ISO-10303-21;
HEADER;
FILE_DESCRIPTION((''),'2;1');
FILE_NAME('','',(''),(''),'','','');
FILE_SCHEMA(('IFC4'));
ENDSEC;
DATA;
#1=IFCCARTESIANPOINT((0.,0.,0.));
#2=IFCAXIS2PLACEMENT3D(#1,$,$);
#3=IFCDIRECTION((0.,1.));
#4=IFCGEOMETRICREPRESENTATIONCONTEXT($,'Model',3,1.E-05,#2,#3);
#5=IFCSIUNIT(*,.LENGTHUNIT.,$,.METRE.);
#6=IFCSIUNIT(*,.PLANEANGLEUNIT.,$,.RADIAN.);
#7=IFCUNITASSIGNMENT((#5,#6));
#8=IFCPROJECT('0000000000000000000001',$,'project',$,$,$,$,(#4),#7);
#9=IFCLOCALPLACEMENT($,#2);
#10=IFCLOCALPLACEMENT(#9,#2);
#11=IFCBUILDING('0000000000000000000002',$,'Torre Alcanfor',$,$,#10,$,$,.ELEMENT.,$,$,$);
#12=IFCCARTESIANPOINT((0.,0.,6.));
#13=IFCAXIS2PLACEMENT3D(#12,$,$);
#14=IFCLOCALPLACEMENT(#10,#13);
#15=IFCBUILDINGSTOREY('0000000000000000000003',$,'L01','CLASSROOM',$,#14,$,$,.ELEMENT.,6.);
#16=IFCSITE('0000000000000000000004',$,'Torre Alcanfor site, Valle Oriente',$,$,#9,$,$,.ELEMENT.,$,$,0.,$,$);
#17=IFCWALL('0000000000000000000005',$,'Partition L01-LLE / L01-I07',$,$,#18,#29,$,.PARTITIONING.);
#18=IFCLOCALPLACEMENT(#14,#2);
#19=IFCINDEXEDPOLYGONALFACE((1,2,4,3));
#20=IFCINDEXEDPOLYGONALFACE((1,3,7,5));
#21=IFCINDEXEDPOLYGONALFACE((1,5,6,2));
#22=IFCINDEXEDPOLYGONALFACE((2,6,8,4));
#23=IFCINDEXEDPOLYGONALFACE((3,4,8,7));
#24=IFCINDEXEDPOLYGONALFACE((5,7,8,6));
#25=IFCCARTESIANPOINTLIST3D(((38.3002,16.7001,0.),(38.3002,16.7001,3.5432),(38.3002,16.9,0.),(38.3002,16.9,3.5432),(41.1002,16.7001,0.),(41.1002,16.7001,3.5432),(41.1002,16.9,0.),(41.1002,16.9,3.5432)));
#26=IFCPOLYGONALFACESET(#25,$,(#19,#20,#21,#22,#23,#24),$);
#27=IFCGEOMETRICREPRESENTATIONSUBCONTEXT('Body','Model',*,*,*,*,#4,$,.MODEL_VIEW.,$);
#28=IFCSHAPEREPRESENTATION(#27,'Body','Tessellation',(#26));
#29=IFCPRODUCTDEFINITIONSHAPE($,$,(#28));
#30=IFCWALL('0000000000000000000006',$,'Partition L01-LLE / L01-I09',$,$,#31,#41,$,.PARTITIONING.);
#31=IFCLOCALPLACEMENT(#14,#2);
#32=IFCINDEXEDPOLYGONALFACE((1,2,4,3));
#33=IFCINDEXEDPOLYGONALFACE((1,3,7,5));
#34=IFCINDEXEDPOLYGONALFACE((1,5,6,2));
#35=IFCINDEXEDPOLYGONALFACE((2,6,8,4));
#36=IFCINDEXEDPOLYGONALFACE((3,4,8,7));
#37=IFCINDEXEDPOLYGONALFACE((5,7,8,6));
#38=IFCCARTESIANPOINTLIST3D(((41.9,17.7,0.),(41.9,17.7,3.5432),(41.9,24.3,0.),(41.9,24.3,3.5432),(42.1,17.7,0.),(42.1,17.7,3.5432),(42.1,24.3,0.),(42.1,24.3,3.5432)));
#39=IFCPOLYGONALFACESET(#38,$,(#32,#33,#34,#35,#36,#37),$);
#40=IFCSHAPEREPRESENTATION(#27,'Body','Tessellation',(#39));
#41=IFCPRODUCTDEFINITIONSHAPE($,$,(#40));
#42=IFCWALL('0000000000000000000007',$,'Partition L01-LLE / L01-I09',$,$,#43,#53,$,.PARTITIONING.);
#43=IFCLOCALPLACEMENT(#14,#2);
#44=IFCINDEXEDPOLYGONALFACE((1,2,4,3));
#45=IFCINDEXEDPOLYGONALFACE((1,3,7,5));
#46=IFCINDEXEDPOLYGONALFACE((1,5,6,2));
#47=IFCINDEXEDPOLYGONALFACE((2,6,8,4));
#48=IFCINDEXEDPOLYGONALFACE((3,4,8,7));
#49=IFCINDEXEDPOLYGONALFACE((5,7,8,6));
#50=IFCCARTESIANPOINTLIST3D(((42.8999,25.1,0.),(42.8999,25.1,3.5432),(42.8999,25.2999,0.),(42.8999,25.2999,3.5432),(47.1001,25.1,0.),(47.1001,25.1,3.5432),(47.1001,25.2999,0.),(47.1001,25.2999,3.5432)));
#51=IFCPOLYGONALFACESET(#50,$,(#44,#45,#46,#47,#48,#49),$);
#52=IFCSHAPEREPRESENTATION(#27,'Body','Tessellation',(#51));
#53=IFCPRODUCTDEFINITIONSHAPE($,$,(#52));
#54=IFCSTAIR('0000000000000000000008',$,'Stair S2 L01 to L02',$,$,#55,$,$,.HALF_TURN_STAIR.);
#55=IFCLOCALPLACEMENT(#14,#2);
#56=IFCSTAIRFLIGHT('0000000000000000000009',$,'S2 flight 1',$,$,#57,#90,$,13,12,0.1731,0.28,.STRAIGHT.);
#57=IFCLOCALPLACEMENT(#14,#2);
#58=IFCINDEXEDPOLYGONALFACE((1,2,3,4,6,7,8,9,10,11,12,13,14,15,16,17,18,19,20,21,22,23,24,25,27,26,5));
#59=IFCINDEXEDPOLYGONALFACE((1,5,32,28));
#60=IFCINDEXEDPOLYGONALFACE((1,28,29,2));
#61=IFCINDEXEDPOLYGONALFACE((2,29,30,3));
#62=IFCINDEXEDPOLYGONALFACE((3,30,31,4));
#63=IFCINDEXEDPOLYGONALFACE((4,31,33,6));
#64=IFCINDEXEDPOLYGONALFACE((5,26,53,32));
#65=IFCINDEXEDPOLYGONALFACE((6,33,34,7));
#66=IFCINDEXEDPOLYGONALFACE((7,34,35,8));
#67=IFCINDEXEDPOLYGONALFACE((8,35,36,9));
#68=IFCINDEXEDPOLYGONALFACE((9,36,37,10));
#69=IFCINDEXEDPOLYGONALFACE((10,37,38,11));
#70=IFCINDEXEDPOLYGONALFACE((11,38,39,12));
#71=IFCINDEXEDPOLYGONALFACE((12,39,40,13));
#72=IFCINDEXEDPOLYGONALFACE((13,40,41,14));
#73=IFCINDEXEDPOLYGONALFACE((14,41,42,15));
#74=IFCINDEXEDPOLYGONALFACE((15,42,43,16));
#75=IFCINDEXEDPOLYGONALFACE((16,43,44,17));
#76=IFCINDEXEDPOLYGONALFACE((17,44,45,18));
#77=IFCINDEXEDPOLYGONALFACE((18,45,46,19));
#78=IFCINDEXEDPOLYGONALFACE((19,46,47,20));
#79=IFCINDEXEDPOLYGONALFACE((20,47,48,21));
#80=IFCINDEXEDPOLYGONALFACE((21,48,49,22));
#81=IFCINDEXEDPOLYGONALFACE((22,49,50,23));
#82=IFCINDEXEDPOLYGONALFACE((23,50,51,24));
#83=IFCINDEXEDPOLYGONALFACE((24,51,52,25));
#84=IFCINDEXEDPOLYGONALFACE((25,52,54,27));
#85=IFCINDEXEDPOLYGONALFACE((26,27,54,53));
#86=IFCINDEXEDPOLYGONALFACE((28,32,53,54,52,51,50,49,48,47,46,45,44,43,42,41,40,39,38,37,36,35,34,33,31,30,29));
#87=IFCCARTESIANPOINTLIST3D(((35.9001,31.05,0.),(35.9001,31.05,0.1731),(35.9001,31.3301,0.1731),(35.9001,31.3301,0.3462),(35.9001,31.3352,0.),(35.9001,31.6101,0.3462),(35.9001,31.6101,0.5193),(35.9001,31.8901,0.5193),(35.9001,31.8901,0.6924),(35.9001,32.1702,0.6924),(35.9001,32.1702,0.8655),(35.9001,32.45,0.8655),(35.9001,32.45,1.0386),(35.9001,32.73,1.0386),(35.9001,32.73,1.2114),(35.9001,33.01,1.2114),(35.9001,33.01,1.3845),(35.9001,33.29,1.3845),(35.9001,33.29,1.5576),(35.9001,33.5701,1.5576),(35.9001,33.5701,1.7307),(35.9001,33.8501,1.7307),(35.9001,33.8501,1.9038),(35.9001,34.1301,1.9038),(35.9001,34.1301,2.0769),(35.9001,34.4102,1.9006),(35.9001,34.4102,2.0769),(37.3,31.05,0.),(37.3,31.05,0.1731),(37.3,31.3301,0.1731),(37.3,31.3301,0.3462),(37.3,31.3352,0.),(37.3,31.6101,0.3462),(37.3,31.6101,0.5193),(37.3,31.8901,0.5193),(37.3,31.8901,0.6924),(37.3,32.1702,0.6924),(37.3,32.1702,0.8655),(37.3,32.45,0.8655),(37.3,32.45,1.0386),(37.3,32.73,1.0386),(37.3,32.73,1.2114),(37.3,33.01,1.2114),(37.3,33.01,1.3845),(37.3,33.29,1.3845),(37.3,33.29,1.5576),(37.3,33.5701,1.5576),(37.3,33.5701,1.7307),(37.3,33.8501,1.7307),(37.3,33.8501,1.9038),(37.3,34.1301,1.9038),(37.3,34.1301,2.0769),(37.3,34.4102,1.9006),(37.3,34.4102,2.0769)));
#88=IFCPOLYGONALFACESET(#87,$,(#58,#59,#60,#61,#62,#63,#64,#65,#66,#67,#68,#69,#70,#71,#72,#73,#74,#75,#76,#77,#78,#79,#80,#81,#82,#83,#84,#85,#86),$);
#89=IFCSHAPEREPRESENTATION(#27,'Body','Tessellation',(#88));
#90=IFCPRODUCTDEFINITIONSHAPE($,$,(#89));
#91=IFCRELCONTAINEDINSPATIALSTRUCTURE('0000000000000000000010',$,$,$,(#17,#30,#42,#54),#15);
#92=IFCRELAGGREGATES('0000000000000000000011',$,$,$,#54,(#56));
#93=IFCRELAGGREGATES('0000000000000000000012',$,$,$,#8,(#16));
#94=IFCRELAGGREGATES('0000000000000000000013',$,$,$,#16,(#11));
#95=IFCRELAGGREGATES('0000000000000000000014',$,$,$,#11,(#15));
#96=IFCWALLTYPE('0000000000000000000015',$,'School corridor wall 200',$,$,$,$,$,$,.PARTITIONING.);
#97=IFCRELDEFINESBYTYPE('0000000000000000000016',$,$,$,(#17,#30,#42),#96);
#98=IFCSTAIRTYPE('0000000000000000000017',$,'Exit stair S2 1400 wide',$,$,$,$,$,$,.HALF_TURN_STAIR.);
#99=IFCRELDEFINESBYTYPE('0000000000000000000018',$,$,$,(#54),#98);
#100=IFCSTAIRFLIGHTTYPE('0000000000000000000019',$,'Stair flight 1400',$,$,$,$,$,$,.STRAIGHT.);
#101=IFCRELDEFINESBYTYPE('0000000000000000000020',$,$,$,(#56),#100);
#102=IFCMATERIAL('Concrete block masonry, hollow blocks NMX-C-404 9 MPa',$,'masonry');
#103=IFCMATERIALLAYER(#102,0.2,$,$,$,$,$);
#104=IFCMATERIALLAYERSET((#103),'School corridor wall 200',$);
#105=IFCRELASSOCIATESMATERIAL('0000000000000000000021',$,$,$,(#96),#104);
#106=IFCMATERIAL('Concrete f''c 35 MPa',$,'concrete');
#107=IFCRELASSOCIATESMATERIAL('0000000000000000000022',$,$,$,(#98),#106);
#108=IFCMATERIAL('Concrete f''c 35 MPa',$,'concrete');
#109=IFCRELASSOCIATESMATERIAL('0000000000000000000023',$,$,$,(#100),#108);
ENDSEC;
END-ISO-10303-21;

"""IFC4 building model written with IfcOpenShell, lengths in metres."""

from ifc_helpers import new_model, si_unit, direction, frame, frame_2d, origin, place, context, subcontext, project, spatial, polyline, rectangle, outline, extrude, material, layer, layer_set, type_object, element, aggregate, save


model = new_model("IFC4")

# Units and contexts
model_context = context("Model", 3, precision=1e-05, world=origin(), true_north=direction((0.0, 1.0)))
body_context = subcontext(model_context, "Body", "Model", "MODEL_VIEW")
ifc_project = project(units=[si_unit("LENGTHUNIT", "METRE"), si_unit("PLANEANGLEUNIT", "RADIAN")], contexts=[model_context])

# Site, building, storey
site_placement = place(None, origin())
site = spatial("IfcSite", under=ifc_project, at=site_placement, Name="Torre Alcanfor site, Valle Oriente", CompositionType="ELEMENT", RefElevation=0.0)
building_placement = place(site_placement, origin())
building = spatial("IfcBuilding", under=site, at=building_placement, Name="Torre Alcanfor", CompositionType="ELEMENT")
storey_placement = place(building_placement, frame((0.0, 0.0, 6.0)))
storey = spatial("IfcBuildingStorey", under=building, at=storey_placement, Name="L01", Description="CLASSROOM", CompositionType="ELEMENT", Elevation=6.0)

# Shared definitions
ifc_material_1 = material(Name="Concrete block masonry, hollow blocks NMX-C-404 9 MPa", Category="masonry")
ifc_layer_1 = layer(ifc_material_1, 0.2)
ifc_layer_set_1 = layer_set([ifc_layer_1], Name="School corridor wall 200")
wall_type_1 = type_object("IfcWallType", Name="School corridor wall 200", PredefinedType="PARTITIONING", material=ifc_layer_set_1)

# Walls
wall_1_placement = place(storey_placement, frame((41.1001, 16.8, 0.0), z_axis=(0.0, 0.0, 1.0), x_axis=(-1.0, 0.0, 0.0)))
element("IfcWall", 1, at=wall_1_placement, inside=storey, type_object=wall_type_1, Name="Partition L01-LLE / L01-I07", PredefinedType="PARTITIONING", context=body_context, shape_type="SweptSolid", body=[
    extrude(rectangle(XDim=2.8, YDim=0.2, at=frame_2d((1.3999, 0.0))), origin(), (0.0, 0.0, 1.0), 3.5432),
])
wall_2_placement = place(storey_placement, frame((42.0, 24.3, 0.0), z_axis=(0.0, 0.0, 1.0), x_axis=(0.0, -1.0, 0.0)))
element("IfcWall", 2, at=wall_2_placement, inside=storey, type_object=wall_type_1, Name="Partition L01-LLE / L01-I09", PredefinedType="PARTITIONING", context=body_context, shape_type="SweptSolid", body=[
    extrude(rectangle(XDim=6.6001, YDim=0.2, at=frame_2d((3.3, 0.0))), origin(), (0.0, 0.0, 1.0), 3.5432),
])
wall_3_placement = place(storey_placement, frame((47.1001, 25.2, 0.0), z_axis=(0.0, 0.0, 1.0), x_axis=(-1.0, 0.0, 0.0)))
element("IfcWall", 3, at=wall_3_placement, inside=storey, type_object=wall_type_1, Name="Partition L01-LLE / L01-I09", PredefinedType="PARTITIONING", context=body_context, shape_type="SweptSolid", body=[
    extrude(rectangle(XDim=4.2002, YDim=0.2, at=frame_2d((2.1001, 0.0))), origin(), (0.0, 0.0, 1.0), 3.5432),
])

# Stair, stair flight
ifc_material_2 = material(Name="Concrete f'c 35 MPa", Category="concrete")
stair_type = type_object("IfcStairType", Name="Exit stair S2 1400 wide", PredefinedType="HALF_TURN_STAIR", material=ifc_material_2)
stair_placement = place(storey_placement, origin())
stair = element("IfcStair", 4, at=stair_placement, inside=storey, type_object=stair_type, Name="Stair S2 L01 to L02", PredefinedType="HALF_TURN_STAIR")
ifc_material_3 = material(Name="Concrete f'c 35 MPa", Category="concrete")
stair_flight_type = type_object("IfcStairFlightType", Name="Stair flight 1400", PredefinedType="STRAIGHT", material=ifc_material_3)
stair_flight_placement = place(storey_placement, frame((36.6001, 31.05, 0.0), z_axis=(0.0, 0.0, 1.0), x_axis=(0.0, 1.0, 0.0)))
stair_flight = element("IfcStairFlight", 5, at=stair_flight_placement, type_object=stair_flight_type, Name="S2 flight 1", NumberOfRisers=13, NumberOfTreads=12, PredefinedType="STRAIGHT", RiserHeight=0.1731, TreadLength=0.28, context=body_context, shape_type="SweptSolid", body=[
    extrude(outline(polyline([(0.0, 0.0), (0.0, 0.1731), (0.28, 0.1731), (0.28, 0.3462), (0.5601, 0.3462), (0.5601, 0.5193), (0.8401, 0.5193), (0.8401, 0.6924), (1.1201, 0.6924), (1.1201, 0.8655), (1.3999, 0.8655), (1.3999, 1.0386), (1.6799, 1.0386), (1.6799, 1.2114), (1.96, 1.2114), (1.96, 1.3845), (2.24, 1.3845), (2.24, 1.5576), (2.52, 1.5576), (2.52, 1.7307), (2.8, 1.7307), (2.8, 1.9038), (3.0801, 1.9038), (3.0801, 2.0769), (3.3601, 2.0769), (3.3601, 2.25), (3.3601, 1.9006), (0.2852, 0.0), (0.0, 0.0)])), frame((0.0, 0.7, 0.0), z_axis=(0.0, -1.0, 0.0), x_axis=(1.0, 0.0, 0.0)), (0.0, 0.0, 1.0), 1.3999),
])
aggregate(stair, [stair_flight])

save(model, "model.ifc")
